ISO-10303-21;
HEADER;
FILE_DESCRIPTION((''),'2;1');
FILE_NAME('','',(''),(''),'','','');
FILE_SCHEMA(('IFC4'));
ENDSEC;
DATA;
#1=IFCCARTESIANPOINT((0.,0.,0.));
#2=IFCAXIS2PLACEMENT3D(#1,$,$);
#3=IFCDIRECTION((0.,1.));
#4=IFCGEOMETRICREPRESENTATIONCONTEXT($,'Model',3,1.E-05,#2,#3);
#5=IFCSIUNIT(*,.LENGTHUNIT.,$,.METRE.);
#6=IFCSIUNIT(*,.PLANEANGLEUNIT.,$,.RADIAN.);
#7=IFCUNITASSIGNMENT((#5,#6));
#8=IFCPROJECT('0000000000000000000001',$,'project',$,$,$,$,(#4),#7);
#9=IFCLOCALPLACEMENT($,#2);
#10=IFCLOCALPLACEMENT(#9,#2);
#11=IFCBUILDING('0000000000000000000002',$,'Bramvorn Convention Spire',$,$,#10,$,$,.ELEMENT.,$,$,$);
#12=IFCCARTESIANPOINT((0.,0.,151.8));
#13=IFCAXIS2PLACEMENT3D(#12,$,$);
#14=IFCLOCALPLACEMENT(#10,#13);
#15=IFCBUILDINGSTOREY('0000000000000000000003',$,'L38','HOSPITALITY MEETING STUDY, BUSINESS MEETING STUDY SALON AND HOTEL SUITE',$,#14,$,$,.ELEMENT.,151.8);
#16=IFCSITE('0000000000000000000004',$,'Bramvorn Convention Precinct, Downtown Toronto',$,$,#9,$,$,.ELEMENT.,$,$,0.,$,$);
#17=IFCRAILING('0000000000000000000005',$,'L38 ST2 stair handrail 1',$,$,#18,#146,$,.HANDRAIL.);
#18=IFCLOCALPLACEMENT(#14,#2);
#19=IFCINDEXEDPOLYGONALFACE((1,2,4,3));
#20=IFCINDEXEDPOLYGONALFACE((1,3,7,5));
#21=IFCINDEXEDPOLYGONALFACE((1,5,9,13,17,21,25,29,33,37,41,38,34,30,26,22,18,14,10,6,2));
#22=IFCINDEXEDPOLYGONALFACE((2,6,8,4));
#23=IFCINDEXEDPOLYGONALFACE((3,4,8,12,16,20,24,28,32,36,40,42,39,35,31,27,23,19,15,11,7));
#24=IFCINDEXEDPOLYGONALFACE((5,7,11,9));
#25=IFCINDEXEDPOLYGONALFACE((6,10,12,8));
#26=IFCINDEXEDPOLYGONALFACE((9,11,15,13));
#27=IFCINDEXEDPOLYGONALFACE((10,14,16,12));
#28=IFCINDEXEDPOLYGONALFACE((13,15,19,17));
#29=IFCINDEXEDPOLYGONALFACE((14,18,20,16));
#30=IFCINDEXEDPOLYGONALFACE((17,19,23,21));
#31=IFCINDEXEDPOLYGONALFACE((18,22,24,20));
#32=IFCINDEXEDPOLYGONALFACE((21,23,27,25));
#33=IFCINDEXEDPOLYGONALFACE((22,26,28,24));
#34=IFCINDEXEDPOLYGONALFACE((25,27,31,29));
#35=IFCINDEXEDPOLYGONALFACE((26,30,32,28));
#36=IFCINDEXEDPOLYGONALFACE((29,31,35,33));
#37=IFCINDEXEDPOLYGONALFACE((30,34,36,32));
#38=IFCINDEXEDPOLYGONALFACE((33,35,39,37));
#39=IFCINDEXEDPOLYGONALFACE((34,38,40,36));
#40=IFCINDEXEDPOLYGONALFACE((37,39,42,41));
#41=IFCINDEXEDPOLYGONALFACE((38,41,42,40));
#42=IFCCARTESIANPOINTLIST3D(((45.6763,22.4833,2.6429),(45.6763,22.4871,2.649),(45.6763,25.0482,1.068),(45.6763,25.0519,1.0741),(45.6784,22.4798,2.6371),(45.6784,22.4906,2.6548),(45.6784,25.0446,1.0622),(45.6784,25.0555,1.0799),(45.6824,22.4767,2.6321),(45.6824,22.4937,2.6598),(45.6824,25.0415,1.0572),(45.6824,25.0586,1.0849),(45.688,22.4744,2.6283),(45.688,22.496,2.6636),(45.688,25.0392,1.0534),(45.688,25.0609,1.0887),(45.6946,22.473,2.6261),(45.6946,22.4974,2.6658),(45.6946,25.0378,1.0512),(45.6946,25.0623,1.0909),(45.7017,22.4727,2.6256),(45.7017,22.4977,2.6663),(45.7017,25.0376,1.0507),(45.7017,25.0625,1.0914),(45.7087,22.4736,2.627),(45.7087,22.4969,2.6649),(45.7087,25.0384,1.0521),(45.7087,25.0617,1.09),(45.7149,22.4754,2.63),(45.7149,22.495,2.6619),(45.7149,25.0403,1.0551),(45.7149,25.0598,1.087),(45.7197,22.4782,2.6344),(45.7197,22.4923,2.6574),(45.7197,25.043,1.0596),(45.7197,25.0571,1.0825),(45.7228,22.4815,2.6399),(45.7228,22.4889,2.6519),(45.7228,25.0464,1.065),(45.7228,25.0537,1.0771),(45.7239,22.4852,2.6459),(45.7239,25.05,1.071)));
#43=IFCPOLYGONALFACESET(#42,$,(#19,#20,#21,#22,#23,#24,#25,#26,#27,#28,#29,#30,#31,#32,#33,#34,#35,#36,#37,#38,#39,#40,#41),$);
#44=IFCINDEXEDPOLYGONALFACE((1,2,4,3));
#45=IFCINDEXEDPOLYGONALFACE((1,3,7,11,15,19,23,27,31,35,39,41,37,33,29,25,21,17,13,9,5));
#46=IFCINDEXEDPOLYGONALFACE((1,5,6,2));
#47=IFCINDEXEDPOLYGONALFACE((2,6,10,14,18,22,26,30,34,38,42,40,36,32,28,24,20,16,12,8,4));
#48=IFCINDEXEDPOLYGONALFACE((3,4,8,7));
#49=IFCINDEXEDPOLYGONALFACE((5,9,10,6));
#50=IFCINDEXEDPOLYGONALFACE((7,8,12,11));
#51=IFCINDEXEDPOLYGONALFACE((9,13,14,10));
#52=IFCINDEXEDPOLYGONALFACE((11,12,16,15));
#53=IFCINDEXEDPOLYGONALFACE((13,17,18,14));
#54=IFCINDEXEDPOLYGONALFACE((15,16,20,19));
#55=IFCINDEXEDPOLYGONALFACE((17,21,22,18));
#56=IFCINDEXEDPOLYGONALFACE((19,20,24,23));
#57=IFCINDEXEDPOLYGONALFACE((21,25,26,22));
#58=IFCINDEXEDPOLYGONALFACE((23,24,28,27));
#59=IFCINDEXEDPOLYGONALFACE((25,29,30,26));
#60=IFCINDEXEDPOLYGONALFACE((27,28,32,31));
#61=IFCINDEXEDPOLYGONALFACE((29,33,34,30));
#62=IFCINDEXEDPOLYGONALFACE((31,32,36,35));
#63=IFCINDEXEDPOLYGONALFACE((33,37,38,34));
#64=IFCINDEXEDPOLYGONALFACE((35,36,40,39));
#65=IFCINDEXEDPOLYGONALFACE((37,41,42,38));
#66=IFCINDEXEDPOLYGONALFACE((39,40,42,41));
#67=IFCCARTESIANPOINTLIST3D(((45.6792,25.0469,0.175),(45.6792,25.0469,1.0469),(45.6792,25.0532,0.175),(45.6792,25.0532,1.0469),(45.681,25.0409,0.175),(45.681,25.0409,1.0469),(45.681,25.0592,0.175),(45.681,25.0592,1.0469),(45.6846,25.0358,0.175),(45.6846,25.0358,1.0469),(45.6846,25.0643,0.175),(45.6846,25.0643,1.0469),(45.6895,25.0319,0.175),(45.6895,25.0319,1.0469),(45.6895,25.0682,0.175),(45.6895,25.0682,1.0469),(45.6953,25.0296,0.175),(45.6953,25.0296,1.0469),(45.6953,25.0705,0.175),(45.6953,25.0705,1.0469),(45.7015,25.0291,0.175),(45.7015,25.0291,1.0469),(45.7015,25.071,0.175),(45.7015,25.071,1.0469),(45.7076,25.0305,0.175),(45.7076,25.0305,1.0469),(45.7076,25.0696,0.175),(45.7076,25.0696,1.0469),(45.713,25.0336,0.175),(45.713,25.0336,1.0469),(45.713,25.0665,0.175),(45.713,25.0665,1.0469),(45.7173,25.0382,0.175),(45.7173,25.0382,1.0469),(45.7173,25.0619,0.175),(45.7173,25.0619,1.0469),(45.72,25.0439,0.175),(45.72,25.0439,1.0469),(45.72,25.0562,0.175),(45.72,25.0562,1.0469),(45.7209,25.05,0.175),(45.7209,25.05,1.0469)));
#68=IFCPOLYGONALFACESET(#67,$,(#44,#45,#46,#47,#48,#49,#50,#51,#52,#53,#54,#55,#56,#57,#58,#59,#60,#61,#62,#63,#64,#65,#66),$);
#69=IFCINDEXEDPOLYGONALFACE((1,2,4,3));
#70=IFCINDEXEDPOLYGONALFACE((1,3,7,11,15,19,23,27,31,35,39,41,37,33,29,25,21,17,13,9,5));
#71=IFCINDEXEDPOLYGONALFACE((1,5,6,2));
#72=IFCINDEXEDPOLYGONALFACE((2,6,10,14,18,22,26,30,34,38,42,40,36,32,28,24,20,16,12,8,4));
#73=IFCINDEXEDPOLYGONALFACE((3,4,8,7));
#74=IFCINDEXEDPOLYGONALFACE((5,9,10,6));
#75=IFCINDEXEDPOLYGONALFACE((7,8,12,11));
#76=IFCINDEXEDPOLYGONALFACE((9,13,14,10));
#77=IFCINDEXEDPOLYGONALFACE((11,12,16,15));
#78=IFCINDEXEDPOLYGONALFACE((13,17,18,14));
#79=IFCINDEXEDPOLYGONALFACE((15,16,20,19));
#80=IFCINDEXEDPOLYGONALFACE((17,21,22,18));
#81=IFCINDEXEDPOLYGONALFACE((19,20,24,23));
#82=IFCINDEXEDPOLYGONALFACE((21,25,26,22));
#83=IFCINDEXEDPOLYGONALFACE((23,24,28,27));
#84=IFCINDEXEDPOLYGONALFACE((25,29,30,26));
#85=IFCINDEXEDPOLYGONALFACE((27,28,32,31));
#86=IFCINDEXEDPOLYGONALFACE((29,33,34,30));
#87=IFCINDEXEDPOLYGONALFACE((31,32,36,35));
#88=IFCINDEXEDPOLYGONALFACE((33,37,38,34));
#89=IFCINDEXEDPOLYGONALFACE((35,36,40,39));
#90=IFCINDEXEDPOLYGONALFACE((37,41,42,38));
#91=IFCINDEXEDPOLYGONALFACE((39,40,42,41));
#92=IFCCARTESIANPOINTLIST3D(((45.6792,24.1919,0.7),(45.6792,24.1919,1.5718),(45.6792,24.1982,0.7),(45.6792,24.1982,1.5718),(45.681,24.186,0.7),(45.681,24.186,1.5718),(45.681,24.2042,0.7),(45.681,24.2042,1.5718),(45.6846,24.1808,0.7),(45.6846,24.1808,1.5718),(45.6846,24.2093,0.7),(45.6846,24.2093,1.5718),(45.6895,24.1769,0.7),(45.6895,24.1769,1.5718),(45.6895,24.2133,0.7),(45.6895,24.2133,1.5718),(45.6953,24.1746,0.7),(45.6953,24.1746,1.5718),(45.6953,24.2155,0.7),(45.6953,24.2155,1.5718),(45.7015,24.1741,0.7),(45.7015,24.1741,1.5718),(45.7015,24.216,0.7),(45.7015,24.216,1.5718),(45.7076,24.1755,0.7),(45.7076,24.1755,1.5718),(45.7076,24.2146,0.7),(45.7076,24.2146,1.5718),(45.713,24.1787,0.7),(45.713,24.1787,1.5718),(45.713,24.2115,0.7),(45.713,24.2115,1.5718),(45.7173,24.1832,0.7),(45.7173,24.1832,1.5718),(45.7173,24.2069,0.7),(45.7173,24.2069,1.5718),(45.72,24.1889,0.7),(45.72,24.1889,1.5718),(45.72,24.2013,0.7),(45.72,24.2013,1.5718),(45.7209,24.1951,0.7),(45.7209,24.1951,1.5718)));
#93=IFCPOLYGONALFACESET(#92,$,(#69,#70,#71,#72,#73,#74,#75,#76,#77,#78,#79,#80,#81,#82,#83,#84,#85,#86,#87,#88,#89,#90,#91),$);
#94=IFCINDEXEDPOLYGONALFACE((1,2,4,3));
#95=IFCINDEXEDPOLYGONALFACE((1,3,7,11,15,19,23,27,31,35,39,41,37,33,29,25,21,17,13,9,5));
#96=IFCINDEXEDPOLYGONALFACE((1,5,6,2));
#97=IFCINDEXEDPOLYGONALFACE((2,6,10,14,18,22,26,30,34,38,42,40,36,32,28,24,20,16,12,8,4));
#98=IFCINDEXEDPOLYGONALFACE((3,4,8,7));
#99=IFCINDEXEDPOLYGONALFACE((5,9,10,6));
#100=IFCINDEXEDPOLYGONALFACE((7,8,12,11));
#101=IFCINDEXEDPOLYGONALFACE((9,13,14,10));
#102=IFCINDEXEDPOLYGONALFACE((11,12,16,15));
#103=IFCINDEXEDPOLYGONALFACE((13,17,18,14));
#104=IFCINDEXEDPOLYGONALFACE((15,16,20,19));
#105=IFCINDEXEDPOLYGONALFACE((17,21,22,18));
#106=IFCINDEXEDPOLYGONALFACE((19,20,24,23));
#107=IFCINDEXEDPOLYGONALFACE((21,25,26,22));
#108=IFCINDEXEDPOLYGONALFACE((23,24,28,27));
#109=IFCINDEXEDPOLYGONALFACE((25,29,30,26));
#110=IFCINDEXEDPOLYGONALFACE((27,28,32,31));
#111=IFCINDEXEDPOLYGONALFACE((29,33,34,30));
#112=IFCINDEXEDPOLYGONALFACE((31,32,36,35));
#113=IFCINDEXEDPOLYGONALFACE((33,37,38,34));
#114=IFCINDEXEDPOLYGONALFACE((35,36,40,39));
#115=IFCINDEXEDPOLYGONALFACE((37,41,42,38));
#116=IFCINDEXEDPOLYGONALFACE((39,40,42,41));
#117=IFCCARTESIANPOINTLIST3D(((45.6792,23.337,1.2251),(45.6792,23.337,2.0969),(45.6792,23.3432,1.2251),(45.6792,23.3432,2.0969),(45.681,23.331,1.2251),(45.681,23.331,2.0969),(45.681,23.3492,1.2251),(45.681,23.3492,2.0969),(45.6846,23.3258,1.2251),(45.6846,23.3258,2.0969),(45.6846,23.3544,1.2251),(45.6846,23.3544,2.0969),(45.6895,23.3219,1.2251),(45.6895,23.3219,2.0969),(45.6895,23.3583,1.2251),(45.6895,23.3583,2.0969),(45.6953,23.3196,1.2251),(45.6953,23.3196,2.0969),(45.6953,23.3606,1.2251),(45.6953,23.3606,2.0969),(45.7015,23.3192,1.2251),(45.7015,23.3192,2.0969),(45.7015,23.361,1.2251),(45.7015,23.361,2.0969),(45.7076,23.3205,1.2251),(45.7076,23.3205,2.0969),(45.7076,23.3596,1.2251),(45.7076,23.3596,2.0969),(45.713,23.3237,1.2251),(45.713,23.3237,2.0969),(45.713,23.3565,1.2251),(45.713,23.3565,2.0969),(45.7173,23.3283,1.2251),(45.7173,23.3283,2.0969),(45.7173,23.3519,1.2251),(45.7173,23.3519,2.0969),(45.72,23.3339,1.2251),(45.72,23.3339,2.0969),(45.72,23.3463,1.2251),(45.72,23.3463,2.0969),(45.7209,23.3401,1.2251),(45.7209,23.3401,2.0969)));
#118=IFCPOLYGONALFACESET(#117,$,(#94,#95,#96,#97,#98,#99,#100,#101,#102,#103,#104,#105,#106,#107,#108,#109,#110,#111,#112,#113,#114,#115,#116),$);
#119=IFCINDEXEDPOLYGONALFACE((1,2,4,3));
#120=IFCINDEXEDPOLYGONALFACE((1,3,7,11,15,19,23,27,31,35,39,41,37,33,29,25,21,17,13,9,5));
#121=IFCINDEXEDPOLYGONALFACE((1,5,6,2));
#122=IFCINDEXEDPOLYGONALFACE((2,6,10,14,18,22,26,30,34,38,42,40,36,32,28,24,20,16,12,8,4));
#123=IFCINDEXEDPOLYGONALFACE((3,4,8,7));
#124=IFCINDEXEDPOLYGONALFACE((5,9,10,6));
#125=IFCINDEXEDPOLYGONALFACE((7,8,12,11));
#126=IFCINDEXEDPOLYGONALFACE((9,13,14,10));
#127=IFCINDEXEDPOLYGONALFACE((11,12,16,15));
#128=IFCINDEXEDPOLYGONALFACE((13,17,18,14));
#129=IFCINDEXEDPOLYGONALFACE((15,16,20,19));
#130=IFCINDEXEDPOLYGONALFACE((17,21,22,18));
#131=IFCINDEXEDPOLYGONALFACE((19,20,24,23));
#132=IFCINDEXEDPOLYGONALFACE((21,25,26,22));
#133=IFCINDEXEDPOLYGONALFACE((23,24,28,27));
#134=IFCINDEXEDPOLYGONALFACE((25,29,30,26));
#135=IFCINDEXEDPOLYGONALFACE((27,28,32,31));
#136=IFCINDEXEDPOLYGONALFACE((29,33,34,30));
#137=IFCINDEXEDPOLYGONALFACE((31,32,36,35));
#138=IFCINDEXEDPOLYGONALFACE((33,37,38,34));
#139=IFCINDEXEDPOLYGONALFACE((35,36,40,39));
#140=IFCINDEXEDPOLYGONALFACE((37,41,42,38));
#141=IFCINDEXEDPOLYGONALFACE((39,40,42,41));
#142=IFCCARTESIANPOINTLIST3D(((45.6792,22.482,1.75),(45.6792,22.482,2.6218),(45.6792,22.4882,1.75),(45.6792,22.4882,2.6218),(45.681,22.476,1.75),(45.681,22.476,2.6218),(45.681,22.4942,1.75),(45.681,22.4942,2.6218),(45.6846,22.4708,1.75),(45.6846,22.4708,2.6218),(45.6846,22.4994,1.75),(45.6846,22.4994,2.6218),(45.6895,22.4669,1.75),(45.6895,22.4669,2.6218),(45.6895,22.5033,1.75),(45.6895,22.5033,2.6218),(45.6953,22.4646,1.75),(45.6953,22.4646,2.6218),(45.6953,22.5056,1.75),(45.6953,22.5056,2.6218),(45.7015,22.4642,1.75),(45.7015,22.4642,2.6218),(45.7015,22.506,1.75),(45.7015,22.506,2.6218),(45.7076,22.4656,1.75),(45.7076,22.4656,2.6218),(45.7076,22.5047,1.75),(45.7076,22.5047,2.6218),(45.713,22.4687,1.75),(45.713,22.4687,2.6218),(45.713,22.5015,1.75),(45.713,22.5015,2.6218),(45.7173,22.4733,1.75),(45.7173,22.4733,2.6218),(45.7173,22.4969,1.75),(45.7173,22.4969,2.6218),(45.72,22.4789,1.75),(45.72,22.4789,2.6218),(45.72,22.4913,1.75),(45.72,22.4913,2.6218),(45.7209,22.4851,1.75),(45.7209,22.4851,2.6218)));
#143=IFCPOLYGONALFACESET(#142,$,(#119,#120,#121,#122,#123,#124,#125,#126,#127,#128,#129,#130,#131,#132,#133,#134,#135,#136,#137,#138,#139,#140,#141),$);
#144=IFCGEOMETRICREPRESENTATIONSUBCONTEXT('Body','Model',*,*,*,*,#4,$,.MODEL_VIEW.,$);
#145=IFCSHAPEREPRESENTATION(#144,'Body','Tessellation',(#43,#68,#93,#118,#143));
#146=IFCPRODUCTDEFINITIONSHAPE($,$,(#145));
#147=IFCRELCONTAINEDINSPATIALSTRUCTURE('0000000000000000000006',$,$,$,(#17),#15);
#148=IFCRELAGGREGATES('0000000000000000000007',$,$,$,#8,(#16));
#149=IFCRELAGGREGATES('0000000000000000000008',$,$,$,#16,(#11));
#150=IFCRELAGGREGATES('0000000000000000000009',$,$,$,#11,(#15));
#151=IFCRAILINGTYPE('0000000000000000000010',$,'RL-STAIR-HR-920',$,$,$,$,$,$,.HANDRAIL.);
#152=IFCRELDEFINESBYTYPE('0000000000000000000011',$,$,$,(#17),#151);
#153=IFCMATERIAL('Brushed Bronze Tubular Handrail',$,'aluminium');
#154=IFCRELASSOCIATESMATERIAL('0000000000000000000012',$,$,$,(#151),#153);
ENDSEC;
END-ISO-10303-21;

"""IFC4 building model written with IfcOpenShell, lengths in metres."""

from ifc_helpers import new_model, si_unit, direction, frame, origin, origin_2d, place, context, subcontext, project, spatial, circle, extrude, material, type_object, element, save


model = new_model("IFC4")

# Units and contexts
model_context = context("Model", 3, precision=1e-05, world=origin(), true_north=direction((0.0, 1.0)))
body_context = subcontext(model_context, "Body", "Model", "MODEL_VIEW")
ifc_project = project(units=[si_unit("LENGTHUNIT", "METRE"), si_unit("PLANEANGLEUNIT", "RADIAN")], contexts=[model_context])

# Site, building, storey
site_placement = place(None, origin())
site = spatial("IfcSite", under=ifc_project, at=site_placement, Name="Bramvorn Convention Precinct, Downtown Toronto", CompositionType="ELEMENT", RefElevation=0.0)
building_placement = place(site_placement, origin())
building = spatial("IfcBuilding", under=site, at=building_placement, Name="Bramvorn Convention Spire", CompositionType="ELEMENT")
storey_placement = place(building_placement, frame((0.0, 0.0, 151.8)))
storey = spatial("IfcBuildingStorey", under=building, at=storey_placement, Name="L38", Description="HOSPITALITY MEETING STUDY, BUSINESS MEETING STUDY SALON AND HOTEL SUITE", CompositionType="ELEMENT", Elevation=151.8)

# Railing
ifc_material_1 = material(Name="Brushed Bronze Tubular Handrail", Category="aluminium")
railing_type_1 = type_object("IfcRailingType", Name="RL-STAIR-HR-920", PredefinedType="HANDRAIL", material=ifc_material_1)
railing_1_placement = place(storey_placement, frame((45.7, 25.05, 0.175)))
element("IfcRailing", 1, at=railing_1_placement, inside=storey, type_object=railing_type_1, Name="L38 ST2 stair handrail 1", PredefinedType="HANDRAIL", context=body_context, shape_type="SweptSolid", body=[
    extrude(circle(Radius=0.0239, at=origin_2d()), frame((0.0, 0.0, 0.896), z_axis=(0.0, -0.852173, 0.52326), x_axis=(1.0, 0.0, 0.0)), (0.0, 0.0, 1.0), 3.0098),
    extrude(circle(Radius=0.021, at=origin_2d()), origin(), (0.0, 0.0, 1.0), 0.8718),
    extrude(circle(Radius=0.021, at=origin_2d()), frame((0.0, -0.855, 0.5249)), (0.0, 0.0, 1.0), 0.8718),
    extrude(circle(Radius=0.021, at=origin_2d()), frame((0.0, -1.71, 1.05)), (0.0, 0.0, 1.0), 0.8718),
    extrude(circle(Radius=0.021, at=origin_2d()), frame((0.0, -2.5649, 1.575)), (0.0, 0.0, 1.0), 0.8718),
])

save(model, "model.ifc")
